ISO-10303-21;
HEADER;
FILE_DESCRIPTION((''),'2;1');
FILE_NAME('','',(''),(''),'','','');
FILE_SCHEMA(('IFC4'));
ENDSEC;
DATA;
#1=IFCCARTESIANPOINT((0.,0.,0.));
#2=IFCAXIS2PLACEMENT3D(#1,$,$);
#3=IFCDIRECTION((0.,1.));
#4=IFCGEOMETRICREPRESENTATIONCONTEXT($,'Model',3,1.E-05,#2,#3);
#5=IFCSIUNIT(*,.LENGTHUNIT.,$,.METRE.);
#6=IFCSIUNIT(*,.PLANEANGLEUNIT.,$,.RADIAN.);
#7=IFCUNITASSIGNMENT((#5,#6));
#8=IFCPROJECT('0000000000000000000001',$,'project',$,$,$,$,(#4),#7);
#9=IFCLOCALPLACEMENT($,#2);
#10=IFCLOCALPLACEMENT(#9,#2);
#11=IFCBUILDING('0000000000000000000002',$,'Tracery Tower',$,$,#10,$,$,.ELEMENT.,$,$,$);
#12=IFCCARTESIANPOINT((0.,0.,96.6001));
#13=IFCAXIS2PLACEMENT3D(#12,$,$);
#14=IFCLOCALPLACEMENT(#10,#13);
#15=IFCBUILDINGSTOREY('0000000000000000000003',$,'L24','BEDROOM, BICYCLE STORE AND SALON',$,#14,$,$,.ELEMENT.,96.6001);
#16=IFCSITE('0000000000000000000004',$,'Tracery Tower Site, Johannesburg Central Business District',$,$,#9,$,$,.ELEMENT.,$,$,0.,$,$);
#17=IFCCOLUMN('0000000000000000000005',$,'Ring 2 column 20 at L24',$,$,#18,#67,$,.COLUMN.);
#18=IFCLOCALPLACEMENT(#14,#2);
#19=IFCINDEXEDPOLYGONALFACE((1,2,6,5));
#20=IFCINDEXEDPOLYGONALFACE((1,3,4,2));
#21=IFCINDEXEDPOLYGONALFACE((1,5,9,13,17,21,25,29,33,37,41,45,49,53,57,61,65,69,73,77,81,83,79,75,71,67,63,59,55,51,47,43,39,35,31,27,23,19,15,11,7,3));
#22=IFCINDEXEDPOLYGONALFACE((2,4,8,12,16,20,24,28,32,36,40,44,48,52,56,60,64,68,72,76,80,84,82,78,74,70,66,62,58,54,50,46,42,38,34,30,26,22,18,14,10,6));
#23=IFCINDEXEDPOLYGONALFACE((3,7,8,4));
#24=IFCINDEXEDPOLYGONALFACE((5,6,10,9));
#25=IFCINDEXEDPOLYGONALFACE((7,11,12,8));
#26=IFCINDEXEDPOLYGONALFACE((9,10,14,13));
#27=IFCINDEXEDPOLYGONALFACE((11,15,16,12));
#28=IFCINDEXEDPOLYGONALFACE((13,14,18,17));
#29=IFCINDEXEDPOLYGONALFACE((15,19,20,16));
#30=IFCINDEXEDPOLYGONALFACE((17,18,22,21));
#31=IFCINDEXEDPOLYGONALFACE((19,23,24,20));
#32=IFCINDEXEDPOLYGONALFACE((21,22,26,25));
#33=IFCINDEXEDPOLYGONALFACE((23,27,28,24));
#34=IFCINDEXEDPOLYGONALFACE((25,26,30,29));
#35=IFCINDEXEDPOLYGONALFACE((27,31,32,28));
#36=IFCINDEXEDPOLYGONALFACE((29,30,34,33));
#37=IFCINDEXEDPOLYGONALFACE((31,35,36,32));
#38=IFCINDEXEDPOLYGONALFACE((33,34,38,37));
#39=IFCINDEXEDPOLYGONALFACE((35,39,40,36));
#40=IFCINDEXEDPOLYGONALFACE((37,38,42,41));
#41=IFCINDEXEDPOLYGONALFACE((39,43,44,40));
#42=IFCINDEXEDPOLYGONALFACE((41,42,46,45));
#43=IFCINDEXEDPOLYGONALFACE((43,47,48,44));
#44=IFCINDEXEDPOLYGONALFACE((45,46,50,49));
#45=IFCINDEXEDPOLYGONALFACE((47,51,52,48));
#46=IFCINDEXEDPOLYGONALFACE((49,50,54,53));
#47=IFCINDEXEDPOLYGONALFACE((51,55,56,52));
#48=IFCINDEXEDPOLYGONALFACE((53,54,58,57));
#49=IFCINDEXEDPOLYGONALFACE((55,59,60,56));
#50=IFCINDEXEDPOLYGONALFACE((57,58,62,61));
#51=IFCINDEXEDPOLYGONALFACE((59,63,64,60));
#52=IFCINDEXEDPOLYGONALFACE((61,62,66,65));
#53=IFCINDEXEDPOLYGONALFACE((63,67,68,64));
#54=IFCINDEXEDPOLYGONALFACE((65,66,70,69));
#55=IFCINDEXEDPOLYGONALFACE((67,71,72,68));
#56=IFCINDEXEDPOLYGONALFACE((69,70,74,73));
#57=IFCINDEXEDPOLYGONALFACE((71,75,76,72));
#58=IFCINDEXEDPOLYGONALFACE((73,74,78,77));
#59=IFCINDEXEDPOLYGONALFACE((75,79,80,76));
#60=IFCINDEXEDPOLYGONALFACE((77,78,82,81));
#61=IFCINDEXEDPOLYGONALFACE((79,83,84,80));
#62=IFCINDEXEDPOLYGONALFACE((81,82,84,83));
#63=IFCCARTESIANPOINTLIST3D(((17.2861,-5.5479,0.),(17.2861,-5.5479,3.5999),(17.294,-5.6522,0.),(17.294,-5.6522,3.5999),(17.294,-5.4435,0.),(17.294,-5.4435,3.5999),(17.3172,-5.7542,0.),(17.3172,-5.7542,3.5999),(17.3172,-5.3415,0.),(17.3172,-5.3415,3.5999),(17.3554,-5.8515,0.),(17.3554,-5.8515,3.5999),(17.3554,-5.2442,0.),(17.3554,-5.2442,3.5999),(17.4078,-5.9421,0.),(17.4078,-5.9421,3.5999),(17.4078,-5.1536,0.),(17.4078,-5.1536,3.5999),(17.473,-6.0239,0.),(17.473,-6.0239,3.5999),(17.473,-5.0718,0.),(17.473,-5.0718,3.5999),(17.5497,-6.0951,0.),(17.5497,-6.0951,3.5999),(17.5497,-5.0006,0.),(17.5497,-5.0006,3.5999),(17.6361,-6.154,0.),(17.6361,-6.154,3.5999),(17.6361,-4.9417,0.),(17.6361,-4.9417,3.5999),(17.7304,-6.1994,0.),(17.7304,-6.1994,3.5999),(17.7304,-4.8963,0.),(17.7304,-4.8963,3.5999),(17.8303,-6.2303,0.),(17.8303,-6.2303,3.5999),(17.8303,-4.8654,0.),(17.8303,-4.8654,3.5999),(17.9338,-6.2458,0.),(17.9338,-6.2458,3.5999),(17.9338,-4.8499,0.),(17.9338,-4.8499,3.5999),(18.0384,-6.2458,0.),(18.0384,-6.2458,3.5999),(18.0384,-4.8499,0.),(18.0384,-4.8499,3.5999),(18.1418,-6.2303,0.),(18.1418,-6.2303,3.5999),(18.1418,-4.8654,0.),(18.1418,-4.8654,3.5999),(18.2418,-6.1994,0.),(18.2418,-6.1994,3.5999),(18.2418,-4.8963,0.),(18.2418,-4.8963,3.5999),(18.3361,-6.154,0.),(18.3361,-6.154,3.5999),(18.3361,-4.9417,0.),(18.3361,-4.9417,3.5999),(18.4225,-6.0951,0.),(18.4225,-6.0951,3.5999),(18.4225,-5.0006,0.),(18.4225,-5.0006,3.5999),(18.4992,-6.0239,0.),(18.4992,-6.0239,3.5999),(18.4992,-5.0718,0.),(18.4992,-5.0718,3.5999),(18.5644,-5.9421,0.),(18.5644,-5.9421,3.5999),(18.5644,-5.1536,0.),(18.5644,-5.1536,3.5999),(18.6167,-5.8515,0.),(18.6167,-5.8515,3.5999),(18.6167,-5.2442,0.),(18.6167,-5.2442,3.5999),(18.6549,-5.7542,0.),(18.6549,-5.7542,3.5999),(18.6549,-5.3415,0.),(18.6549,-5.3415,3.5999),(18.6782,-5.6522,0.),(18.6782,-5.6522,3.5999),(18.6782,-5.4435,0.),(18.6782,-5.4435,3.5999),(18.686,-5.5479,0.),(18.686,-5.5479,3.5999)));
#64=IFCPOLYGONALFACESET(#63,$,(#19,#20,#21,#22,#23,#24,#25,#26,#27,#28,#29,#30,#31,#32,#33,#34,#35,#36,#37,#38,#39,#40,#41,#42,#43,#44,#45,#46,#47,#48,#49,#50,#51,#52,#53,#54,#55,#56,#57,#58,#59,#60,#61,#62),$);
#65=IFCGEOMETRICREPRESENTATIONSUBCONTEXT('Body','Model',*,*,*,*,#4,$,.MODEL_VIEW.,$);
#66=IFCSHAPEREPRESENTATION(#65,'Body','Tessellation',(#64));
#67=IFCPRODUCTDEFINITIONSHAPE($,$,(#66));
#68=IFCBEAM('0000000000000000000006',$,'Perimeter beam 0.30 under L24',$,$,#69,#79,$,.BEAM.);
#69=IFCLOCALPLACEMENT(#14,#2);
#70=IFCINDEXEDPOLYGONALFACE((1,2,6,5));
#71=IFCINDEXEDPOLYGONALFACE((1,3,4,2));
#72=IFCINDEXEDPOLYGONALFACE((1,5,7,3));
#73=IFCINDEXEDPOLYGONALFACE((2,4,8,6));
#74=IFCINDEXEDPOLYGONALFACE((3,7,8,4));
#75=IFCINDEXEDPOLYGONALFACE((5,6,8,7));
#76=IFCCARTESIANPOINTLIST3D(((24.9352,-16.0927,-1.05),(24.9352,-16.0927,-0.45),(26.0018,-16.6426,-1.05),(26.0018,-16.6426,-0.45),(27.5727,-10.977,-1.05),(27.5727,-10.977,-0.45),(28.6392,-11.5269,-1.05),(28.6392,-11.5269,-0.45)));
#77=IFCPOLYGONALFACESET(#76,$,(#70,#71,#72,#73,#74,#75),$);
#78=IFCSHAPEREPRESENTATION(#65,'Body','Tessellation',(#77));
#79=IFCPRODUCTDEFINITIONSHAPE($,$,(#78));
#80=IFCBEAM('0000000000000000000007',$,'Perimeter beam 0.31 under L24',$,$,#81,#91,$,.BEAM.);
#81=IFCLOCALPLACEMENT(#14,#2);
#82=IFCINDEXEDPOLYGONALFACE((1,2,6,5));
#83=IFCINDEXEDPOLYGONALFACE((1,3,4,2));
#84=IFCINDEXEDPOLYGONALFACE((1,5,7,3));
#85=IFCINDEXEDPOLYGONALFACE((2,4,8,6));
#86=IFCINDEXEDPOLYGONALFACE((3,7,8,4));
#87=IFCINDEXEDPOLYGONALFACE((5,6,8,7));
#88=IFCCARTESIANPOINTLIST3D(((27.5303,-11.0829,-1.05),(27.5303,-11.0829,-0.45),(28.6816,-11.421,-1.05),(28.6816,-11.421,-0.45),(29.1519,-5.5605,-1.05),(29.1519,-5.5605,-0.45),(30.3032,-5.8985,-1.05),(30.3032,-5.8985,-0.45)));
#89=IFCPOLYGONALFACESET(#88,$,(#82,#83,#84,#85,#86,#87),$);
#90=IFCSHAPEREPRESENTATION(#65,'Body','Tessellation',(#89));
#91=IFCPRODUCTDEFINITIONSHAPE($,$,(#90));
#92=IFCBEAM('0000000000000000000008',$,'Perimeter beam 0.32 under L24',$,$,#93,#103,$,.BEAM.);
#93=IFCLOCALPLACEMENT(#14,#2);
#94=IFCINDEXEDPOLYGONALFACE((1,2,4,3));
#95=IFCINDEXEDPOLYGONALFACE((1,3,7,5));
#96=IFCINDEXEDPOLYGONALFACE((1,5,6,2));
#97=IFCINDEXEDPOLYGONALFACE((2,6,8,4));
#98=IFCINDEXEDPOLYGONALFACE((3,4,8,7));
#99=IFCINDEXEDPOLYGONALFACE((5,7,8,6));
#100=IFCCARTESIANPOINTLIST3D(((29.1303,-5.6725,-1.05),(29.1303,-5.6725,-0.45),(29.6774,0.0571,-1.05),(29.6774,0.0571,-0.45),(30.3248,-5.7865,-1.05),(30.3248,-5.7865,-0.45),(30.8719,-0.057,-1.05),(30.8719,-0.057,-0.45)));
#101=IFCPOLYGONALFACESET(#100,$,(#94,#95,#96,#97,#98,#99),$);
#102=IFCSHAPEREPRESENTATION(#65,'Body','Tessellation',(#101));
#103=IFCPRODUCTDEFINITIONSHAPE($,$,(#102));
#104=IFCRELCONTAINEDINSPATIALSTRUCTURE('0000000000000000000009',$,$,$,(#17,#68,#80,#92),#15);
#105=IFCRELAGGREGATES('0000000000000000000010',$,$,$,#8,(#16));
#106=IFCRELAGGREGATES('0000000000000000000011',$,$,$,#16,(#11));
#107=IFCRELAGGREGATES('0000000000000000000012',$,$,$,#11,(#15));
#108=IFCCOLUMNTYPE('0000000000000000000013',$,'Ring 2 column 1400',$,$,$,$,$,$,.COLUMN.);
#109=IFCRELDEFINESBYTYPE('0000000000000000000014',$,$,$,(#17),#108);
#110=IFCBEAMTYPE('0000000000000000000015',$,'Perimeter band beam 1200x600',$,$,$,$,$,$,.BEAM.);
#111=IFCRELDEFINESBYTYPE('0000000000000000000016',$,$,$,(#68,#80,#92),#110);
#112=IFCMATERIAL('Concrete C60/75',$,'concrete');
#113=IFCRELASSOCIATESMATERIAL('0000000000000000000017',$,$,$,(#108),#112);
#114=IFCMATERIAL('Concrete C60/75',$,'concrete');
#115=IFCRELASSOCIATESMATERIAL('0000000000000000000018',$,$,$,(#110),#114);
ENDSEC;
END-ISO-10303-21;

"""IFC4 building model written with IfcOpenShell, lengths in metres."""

from ifc_helpers import new_model, si_unit, direction, frame, origin, origin_2d, place, context, subcontext, project, spatial, rectangle, circle, extrude, material, material_profile, profile_set, type_object, element, save


model = new_model("IFC4")

# Units and contexts
model_context = context("Model", 3, precision=1e-05, world=origin(), true_north=direction((0.0, 1.0)))
body_context = subcontext(model_context, "Body", "Model", "MODEL_VIEW")
ifc_project = project(units=[si_unit("LENGTHUNIT", "METRE"), si_unit("PLANEANGLEUNIT", "RADIAN")], contexts=[model_context])

# Site, building, storey
site_placement = place(None, origin())
site = spatial("IfcSite", under=ifc_project, at=site_placement, Name="Tracery Tower Site, Johannesburg Central Business District", CompositionType="ELEMENT", RefElevation=0.0)
building_placement = place(site_placement, origin())
building = spatial("IfcBuilding", under=site, at=building_placement, Name="Tracery Tower", CompositionType="ELEMENT")
storey_placement = place(building_placement, frame((0.0, 0.0, 96.6001)))
storey = spatial("IfcBuildingStorey", under=building, at=storey_placement, Name="L24", Description="BEDROOM, BICYCLE STORE AND SALON", CompositionType="ELEMENT", Elevation=96.6001)

# Column
ifc_material_1 = material(Name="Concrete C60/75", Category="concrete")
ifc_material_profile_1 = material_profile(ifc_material_1, circle(Radius=0.7, at=origin_2d()), Name="RC D1400")
ifc_profile_set_1 = profile_set([ifc_material_profile_1], Name="Concrete C60/75")
column_type_1 = type_object("IfcColumnType", Name="Ring 2 column 1400", PredefinedType="COLUMN", material=ifc_profile_set_1)
for number, where, z_axis, x_axis, name in (
    (1, (17.9861, -5.5479, 0.0), (0.0, 0.0, 1.0), (1.0, 0.0, 0.0), "Ring 2 column 20 at L24"),
):
    element("IfcColumn", number, at=place(storey_placement, frame(where, z_axis=z_axis, x_axis=x_axis)), inside=storey, type_object=column_type_1, Name=name, PredefinedType="COLUMN", context=body_context, shape_type="SweptSolid", body=[
        extrude(circle(Radius=0.7, at=origin_2d()), origin(), (0.0, 0.0, 1.0), 3.5999),
    ])

# Beams
ifc_material_2 = material(Name="Concrete C60/75", Category="concrete")
ifc_material_profile_2 = material_profile(ifc_material_2, rectangle(XDim=1.2, YDim=0.6001, at=origin_2d()), Name="RC 1200x600")
ifc_profile_set_2 = profile_set([ifc_material_profile_2], Name="Concrete C60/75")
beam_type = type_object("IfcBeamType", Name="Perimeter band beam 1200x600", PredefinedType="BEAM", material=ifc_profile_set_2)
for number, where, z_axis, x_axis, name in (
    (2, (25.4685, -16.3677, -0.75), (0.458242, 0.888827, 0.0), (-0.888827, 0.458242, 0.0), "Perimeter beam 0.30 under L24"),
    (3, (28.106, -11.252, -0.75), (0.281739, 0.959491, 0.0), (-0.959491, 0.281739, 0.0), "Perimeter beam 0.31 under L24"),
    (4, (29.7275, -5.7295, -0.75), (0.095059, 0.995472, 0.0), (-0.995472, 0.095059, 0.0), "Perimeter beam 0.32 under L24"),
):
    element("IfcBeam", number, at=place(storey_placement, frame(where, z_axis=z_axis, x_axis=x_axis)), inside=storey, type_object=beam_type, Name=name, PredefinedType="BEAM", context=body_context, shape_type="SweptSolid", body=[
        extrude(rectangle(XDim=1.2, YDim=0.6001, at=origin_2d()), origin(), (0.0, 0.0, 1.0), 5.7556),
    ])

save(model, "model.ifc")
